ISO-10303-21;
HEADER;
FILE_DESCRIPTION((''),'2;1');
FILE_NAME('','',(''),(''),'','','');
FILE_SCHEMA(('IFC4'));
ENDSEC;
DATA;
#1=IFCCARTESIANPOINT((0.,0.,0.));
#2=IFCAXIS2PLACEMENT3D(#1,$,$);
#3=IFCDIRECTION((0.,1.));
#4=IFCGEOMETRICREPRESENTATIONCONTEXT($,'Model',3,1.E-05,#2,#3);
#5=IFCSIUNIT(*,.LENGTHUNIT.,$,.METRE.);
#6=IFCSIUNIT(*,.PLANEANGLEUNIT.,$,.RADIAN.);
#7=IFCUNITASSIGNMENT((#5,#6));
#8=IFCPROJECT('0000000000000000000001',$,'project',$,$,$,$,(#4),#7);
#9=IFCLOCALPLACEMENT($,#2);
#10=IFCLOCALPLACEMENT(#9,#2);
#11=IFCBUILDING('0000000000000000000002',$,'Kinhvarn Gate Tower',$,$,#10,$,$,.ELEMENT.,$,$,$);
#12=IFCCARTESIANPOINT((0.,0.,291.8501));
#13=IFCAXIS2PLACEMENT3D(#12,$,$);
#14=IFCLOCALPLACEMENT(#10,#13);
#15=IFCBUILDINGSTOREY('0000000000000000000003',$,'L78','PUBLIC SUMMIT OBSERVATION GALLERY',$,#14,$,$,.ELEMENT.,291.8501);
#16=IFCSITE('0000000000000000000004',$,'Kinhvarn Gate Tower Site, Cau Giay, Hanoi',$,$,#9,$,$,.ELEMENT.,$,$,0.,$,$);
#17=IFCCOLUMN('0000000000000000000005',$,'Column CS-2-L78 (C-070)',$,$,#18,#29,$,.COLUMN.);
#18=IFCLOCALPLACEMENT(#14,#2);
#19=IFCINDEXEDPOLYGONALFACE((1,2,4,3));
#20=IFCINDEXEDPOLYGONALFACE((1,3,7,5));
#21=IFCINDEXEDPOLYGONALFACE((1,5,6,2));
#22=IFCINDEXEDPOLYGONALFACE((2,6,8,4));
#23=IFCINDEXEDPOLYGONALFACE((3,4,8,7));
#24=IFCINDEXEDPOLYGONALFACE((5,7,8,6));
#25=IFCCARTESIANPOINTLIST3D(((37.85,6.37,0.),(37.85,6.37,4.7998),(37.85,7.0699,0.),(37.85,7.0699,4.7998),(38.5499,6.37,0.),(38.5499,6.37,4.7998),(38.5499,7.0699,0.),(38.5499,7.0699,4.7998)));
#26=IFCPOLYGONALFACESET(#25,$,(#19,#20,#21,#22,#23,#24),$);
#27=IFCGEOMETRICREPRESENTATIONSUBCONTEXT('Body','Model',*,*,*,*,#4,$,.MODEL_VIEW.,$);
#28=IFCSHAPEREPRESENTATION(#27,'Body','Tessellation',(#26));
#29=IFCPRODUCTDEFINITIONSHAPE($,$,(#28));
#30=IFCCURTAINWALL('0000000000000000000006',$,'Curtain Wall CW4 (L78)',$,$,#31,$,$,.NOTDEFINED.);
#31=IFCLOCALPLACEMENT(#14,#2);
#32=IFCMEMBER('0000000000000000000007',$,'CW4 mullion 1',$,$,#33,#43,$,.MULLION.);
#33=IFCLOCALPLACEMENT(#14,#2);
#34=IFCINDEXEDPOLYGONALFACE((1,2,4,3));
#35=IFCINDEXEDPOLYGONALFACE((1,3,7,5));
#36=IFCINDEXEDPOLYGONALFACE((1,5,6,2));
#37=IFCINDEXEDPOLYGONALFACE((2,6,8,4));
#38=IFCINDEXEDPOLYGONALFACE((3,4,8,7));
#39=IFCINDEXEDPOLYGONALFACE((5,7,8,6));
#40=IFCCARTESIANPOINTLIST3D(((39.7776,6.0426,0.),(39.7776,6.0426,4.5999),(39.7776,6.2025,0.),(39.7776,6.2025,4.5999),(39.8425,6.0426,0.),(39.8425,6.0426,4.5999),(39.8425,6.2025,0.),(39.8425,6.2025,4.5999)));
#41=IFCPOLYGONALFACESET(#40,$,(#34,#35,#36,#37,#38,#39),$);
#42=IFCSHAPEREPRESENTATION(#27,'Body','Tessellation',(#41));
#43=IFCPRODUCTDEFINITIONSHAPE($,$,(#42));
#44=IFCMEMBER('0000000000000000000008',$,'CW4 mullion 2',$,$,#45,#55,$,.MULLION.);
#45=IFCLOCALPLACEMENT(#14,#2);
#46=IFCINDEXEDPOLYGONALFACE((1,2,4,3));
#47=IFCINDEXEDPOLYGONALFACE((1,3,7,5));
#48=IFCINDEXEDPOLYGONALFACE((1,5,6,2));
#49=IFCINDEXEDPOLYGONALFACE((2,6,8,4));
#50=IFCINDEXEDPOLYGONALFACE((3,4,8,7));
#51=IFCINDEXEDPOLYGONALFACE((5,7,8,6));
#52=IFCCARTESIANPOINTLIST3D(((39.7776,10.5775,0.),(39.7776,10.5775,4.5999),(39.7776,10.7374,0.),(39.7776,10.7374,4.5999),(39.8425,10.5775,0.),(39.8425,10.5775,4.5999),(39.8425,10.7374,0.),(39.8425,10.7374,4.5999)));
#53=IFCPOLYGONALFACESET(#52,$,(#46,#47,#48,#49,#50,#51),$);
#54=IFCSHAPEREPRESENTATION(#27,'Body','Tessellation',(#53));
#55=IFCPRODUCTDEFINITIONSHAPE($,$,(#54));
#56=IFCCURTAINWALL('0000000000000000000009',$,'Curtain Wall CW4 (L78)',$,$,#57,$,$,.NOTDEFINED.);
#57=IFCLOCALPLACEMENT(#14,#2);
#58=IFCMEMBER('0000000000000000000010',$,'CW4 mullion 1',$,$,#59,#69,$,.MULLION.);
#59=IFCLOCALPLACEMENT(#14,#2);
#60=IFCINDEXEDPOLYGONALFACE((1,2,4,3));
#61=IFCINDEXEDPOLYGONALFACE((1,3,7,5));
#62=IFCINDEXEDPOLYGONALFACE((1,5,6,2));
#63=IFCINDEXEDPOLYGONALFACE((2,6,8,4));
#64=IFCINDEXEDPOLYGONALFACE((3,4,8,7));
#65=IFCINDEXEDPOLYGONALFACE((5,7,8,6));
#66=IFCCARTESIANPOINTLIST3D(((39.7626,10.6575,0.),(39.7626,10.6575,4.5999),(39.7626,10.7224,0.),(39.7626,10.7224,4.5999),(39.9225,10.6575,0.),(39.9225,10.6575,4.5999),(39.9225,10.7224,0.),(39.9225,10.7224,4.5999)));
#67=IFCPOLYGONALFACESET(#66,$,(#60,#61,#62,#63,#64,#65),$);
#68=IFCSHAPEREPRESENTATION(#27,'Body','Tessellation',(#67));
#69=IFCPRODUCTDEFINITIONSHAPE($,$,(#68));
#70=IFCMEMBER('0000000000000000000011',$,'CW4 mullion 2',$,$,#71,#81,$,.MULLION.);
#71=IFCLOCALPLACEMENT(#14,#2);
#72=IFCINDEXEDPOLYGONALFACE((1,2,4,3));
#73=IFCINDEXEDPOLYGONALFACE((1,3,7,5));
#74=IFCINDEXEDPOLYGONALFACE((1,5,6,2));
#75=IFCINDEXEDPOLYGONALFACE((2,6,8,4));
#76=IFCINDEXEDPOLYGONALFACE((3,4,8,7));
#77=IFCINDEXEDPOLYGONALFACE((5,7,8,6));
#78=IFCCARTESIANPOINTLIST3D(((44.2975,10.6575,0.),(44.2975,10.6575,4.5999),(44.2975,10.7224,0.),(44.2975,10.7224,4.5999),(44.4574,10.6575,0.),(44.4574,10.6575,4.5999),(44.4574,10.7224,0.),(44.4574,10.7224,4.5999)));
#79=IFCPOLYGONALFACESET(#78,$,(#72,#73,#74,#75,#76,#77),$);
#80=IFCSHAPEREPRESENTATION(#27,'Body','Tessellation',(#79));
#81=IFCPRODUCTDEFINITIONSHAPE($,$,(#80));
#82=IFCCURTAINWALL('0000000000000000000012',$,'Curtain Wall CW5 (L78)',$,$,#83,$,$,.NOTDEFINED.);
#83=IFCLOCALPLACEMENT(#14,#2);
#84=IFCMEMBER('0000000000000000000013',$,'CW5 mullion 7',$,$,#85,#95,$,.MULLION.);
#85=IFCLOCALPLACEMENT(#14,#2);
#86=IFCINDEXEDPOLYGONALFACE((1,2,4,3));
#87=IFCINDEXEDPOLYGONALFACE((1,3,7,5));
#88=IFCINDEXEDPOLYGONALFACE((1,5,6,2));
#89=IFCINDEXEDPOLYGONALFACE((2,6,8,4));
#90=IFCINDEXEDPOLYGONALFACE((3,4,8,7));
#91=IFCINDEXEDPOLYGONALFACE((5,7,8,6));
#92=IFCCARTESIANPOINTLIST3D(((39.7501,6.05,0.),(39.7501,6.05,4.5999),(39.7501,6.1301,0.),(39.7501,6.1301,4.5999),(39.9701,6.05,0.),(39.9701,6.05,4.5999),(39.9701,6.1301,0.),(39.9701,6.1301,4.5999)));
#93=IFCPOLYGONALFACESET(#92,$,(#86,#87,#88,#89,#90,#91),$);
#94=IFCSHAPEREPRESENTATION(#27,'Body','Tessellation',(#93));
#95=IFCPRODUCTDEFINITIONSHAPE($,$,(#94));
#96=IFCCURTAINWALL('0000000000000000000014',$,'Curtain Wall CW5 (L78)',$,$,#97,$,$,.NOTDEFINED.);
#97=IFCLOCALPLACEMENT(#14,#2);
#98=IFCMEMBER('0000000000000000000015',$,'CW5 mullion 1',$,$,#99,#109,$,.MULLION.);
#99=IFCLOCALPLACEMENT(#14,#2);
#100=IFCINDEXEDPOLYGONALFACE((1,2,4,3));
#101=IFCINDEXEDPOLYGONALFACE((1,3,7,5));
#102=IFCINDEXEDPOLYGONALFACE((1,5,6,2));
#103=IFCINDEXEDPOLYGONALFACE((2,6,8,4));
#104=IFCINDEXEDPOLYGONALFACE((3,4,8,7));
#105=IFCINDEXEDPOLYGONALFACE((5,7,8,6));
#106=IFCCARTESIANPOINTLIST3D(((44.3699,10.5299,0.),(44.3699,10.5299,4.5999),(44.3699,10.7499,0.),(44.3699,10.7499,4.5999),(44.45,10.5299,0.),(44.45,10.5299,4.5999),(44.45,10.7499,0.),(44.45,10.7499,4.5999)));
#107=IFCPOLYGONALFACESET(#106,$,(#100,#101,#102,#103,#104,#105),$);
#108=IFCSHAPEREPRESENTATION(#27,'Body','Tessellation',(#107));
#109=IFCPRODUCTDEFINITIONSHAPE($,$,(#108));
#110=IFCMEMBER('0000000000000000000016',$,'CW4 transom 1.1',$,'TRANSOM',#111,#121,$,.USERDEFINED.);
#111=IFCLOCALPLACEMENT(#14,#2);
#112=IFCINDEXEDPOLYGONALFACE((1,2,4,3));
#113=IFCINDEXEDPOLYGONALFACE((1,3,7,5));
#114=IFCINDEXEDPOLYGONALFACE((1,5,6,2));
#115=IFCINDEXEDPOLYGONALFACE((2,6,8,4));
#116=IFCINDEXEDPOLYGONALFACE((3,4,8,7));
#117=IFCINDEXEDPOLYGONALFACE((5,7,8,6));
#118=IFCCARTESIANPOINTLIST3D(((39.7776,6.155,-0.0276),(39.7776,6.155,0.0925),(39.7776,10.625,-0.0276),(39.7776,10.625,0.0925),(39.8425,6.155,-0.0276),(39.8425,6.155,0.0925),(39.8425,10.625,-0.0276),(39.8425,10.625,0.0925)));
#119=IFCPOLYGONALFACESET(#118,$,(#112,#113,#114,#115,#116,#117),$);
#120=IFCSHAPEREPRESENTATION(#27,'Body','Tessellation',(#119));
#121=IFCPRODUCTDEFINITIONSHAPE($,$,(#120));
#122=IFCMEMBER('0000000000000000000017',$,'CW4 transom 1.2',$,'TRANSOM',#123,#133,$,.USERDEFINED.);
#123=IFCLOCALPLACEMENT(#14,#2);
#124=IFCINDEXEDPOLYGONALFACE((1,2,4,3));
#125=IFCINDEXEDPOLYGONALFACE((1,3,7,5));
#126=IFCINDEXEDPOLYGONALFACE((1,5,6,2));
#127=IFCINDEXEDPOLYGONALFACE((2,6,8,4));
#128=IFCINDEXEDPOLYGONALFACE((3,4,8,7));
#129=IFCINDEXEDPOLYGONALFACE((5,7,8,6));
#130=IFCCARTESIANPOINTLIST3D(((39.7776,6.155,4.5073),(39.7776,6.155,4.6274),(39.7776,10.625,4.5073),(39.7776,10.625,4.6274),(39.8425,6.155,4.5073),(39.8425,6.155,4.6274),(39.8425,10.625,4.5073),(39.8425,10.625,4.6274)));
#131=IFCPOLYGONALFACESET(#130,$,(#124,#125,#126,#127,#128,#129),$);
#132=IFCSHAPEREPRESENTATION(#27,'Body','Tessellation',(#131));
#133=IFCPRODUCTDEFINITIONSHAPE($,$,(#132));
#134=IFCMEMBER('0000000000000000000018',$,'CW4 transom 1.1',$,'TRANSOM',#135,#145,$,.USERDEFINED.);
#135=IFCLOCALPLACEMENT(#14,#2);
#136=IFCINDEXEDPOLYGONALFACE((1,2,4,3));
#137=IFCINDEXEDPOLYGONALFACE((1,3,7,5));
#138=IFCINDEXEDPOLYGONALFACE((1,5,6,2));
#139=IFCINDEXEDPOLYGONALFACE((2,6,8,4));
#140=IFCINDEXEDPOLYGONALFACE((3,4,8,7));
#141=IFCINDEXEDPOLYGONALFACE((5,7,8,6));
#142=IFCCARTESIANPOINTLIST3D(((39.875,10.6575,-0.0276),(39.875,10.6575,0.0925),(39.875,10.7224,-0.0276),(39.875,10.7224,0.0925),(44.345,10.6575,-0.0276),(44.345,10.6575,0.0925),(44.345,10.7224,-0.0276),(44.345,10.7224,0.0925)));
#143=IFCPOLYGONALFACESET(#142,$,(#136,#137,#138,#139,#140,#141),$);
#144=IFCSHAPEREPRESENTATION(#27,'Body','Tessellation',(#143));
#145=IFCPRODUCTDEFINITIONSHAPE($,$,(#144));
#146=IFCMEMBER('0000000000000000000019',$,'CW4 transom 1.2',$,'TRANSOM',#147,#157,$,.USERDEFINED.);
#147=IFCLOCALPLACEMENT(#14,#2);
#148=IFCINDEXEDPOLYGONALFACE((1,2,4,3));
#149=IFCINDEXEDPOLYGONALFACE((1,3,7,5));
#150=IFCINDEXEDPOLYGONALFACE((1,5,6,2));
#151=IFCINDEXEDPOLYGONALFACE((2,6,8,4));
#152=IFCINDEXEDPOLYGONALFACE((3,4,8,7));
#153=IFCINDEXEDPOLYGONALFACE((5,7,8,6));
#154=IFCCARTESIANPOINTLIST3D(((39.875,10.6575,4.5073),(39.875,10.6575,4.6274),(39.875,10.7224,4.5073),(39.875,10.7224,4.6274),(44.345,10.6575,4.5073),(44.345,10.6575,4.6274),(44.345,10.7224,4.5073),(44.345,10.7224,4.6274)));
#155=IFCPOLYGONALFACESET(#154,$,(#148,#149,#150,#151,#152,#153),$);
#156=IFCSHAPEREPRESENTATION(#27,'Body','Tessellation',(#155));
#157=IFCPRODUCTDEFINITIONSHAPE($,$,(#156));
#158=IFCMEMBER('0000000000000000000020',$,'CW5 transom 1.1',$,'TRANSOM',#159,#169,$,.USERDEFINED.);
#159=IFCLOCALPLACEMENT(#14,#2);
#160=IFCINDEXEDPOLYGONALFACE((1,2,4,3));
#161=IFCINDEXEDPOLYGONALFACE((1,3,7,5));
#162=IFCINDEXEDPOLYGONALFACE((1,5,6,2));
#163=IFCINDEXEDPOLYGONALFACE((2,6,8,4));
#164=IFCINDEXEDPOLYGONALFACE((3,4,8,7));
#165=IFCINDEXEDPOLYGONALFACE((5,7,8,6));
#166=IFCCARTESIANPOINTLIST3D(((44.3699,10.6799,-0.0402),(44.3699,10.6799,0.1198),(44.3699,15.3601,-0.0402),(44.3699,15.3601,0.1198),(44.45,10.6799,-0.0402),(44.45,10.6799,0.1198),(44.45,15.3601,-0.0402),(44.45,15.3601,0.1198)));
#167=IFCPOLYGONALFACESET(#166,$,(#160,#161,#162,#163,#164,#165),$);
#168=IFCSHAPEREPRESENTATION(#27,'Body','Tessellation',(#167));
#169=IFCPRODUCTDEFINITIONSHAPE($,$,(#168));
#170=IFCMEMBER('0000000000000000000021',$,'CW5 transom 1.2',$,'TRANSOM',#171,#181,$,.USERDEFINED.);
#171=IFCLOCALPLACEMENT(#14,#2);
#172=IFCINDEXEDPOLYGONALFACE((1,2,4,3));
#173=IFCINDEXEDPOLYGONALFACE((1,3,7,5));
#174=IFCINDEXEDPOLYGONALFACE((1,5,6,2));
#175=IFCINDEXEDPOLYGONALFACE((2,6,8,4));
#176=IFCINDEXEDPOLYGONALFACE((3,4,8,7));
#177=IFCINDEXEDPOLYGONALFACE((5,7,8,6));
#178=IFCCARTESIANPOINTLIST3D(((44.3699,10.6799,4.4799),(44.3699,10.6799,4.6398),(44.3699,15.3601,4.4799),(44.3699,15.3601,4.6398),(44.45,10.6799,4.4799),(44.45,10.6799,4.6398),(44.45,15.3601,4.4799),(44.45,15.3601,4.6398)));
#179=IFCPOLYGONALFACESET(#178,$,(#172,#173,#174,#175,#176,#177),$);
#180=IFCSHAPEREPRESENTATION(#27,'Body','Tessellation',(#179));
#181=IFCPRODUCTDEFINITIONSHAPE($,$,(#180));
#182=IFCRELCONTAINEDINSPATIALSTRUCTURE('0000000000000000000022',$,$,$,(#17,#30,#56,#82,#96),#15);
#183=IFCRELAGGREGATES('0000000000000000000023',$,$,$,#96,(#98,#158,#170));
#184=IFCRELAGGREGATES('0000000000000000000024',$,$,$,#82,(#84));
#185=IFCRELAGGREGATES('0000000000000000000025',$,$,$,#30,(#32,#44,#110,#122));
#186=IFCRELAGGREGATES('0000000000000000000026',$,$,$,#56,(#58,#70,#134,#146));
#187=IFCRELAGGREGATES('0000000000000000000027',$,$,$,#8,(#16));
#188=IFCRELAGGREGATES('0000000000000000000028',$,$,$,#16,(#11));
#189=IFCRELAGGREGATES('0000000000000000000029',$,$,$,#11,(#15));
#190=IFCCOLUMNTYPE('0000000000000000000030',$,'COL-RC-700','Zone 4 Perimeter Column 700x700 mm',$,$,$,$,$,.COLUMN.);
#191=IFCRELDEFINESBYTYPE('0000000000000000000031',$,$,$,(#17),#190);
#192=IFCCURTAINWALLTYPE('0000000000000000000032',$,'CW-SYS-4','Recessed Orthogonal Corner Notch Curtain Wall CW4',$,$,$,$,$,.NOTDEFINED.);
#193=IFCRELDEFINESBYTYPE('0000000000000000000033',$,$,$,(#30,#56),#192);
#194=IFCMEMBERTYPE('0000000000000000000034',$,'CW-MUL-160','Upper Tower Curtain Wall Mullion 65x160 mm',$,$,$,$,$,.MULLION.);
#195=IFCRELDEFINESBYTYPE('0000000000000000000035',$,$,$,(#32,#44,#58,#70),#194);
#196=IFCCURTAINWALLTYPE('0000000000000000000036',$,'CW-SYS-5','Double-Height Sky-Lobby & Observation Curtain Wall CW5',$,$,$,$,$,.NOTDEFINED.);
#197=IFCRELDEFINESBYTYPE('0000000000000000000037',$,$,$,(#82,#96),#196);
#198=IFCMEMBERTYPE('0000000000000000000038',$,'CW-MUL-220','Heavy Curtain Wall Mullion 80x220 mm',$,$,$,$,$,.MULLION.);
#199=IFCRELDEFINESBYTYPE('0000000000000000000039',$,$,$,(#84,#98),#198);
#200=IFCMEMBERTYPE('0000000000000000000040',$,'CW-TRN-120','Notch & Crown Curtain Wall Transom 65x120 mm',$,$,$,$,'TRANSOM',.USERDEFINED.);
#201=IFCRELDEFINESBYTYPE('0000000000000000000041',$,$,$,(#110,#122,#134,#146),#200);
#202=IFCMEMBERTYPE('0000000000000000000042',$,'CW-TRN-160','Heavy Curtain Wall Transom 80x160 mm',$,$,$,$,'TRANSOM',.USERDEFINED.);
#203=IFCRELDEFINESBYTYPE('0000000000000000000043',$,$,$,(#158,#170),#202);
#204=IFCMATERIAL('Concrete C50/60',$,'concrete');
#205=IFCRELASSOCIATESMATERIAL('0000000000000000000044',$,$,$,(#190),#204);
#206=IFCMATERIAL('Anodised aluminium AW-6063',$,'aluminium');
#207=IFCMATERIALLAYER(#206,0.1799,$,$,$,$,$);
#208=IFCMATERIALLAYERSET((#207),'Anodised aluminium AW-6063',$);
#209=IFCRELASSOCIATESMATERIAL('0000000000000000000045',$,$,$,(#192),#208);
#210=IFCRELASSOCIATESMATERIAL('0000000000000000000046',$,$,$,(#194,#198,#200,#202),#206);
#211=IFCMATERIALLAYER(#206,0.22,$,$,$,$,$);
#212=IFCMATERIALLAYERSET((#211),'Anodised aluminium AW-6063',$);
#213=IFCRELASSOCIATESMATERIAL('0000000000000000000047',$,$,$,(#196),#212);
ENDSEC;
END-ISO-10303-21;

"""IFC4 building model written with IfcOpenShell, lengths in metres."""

from ifc_helpers import new_model, si_unit, direction, frame, origin, origin_2d, place, context, subcontext, project, spatial, rectangle, extrude, material, layer, layer_set, material_profile, profile_set, type_object, element, aggregate, save


model = new_model("IFC4")

# Units and contexts
model_context = context("Model", 3, precision=1e-05, world=origin(), true_north=direction((0.0, 1.0)))
body_context = subcontext(model_context, "Body", "Model", "MODEL_VIEW")
ifc_project = project(units=[si_unit("LENGTHUNIT", "METRE"), si_unit("PLANEANGLEUNIT", "RADIAN")], contexts=[model_context])

# Site, building, storey
site_placement = place(None, origin())
site = spatial("IfcSite", under=ifc_project, at=site_placement, Name="Kinhvarn Gate Tower Site, Cau Giay, Hanoi", CompositionType="ELEMENT", RefElevation=0.0)
building_placement = place(site_placement, origin())
building = spatial("IfcBuilding", under=site, at=building_placement, Name="Kinhvarn Gate Tower", CompositionType="ELEMENT")
storey_placement = place(building_placement, frame((0.0, 0.0, 291.8501)))
storey = spatial("IfcBuildingStorey", under=building, at=storey_placement, Name="L78", Description="PUBLIC SUMMIT OBSERVATION GALLERY", CompositionType="ELEMENT", Elevation=291.8501)

# Column
ifc_material_1 = material(Name="Concrete C50/60", Category="concrete")
ifc_material_profile_1 = material_profile(ifc_material_1, rectangle(XDim=0.7, YDim=0.7, at=origin_2d()), Name="RC 700x700")
ifc_profile_set_1 = profile_set([ifc_material_profile_1], Name="Concrete C50/60")
column_type = type_object("IfcColumnType", Name="COL-RC-700", Description="Zone 4 Perimeter Column 700x700 mm", PredefinedType="COLUMN", material=ifc_profile_set_1)
column_placement = place(storey_placement, frame((38.2, 6.72, 0.0), z_axis=(0.0, 0.0, 1.0), x_axis=(1.0, 0.0, 0.0)))
element("IfcColumn", 1, at=column_placement, inside=storey, type_object=column_type, Name="Column CS-2-L78 (C-070)", PredefinedType="COLUMN", context=body_context, shape_type="SweptSolid", body=[
    extrude(rectangle(XDim=0.7, YDim=0.7, at=origin_2d()), origin(), (0.0, 0.0, 1.0), 4.7998),
])

# Curtain walls, members
ifc_material_2 = material(Name="Anodised aluminium AW-6063", Category="aluminium")
ifc_layer_1 = layer(ifc_material_2, 0.1799)
ifc_layer_set_1 = layer_set([ifc_layer_1], Name="Anodised aluminium AW-6063")
curtain_wall_type_1 = type_object("IfcCurtainWallType", Name="CW-SYS-4", Description="Recessed Orthogonal Corner Notch Curtain Wall CW4", PredefinedType="NOTDEFINED", material=ifc_layer_set_1)
curtain_wall_1_placement = place(storey_placement, origin())
curtain_wall_1 = element("IfcCurtainWall", 2, at=curtain_wall_1_placement, inside=storey, type_object=curtain_wall_type_1, Name="Curtain Wall CW4 (L78)", PredefinedType="NOTDEFINED")
ifc_material_profile_2 = material_profile(ifc_material_2, rectangle(XDim=0.0649, YDim=0.1599, at=origin_2d()), Name="ALU 65x160")
ifc_profile_set_2 = profile_set([ifc_material_profile_2], Name="Anodised aluminium AW-6063")
member_type_1 = type_object("IfcMemberType", Name="CW-MUL-160", Description="Upper Tower Curtain Wall Mullion 65x160 mm", PredefinedType="MULLION", material=ifc_profile_set_2)
member_1_placement = place(storey_placement, frame((39.8101, 6.1226, 0.0), z_axis=(0.0, 0.0, 1.0), x_axis=(-1.0, 0.0, 0.0)))
member_1 = element("IfcMember", 3, at=member_1_placement, type_object=member_type_1, Name="CW4 mullion 1", PredefinedType="MULLION", context=body_context, shape_type="SweptSolid", body=[
    extrude(rectangle(XDim=0.0649, YDim=0.1599, at=origin_2d()), origin(), (0.0, 0.0, 1.0), 4.5999),
])
member_2_placement = place(storey_placement, frame((39.8101, 10.6575, 0.0), z_axis=(0.0, 0.0, 1.0), x_axis=(-1.0, 0.0, 0.0)))
member_2 = element("IfcMember", 4, at=member_2_placement, type_object=member_type_1, Name="CW4 mullion 2", PredefinedType="MULLION", context=body_context, shape_type="SweptSolid", body=[
    extrude(rectangle(XDim=0.0649, YDim=0.1599, at=origin_2d()), origin(), (0.0, 0.0, 1.0), 4.5999),
])
curtain_wall_2_placement = place(storey_placement, origin())
curtain_wall_2 = element("IfcCurtainWall", 5, at=curtain_wall_2_placement, inside=storey, type_object=curtain_wall_type_1, Name="Curtain Wall CW4 (L78)", PredefinedType="NOTDEFINED")
member_3_placement = place(storey_placement, frame((39.8425, 10.6899, 0.0), z_axis=(0.0, 0.0, 1.0), x_axis=(0.0, 1.0, 0.0)))
member_3 = element("IfcMember", 6, at=member_3_placement, type_object=member_type_1, Name="CW4 mullion 1", PredefinedType="MULLION", context=body_context, shape_type="SweptSolid", body=[
    extrude(rectangle(XDim=0.0649, YDim=0.1599, at=origin_2d()), origin(), (0.0, 0.0, 1.0), 4.5999),
])
member_4_placement = place(storey_placement, frame((44.3774, 10.6899, 0.0), z_axis=(0.0, 0.0, 1.0), x_axis=(0.0, 1.0, 0.0)))
member_4 = element("IfcMember", 7, at=member_4_placement, type_object=member_type_1, Name="CW4 mullion 2", PredefinedType="MULLION", context=body_context, shape_type="SweptSolid", body=[
    extrude(rectangle(XDim=0.0649, YDim=0.1599, at=origin_2d()), origin(), (0.0, 0.0, 1.0), 4.5999),
])

# Curtain walls, members
ifc_layer_2 = layer(ifc_material_2, 0.22)
ifc_layer_set_2 = layer_set([ifc_layer_2], Name="Anodised aluminium AW-6063")
curtain_wall_type_2 = type_object("IfcCurtainWallType", Name="CW-SYS-5", Description="Double-Height Sky-Lobby & Observation Curtain Wall CW5", PredefinedType="NOTDEFINED", material=ifc_layer_set_2)
curtain_wall_3_placement = place(storey_placement, origin())
curtain_wall_3 = element("IfcCurtainWall", 8, at=curtain_wall_3_placement, inside=storey, type_object=curtain_wall_type_2, Name="Curtain Wall CW5 (L78)", PredefinedType="NOTDEFINED")
ifc_material_profile_3 = material_profile(ifc_material_2, rectangle(XDim=0.0801, YDim=0.22, at=origin_2d()), Name="ALU 80x220")
ifc_profile_set_3 = profile_set([ifc_material_profile_3], Name="Anodised aluminium AW-6063")
member_type_2 = type_object("IfcMemberType", Name="CW-MUL-220", Description="Heavy Curtain Wall Mullion 80x220 mm", PredefinedType="MULLION", material=ifc_profile_set_3)
member_5_placement = place(storey_placement, frame((39.8601, 6.0901, 0.0), z_axis=(0.0, 0.0, 1.0), x_axis=(0.0, 1.0, 0.0)))
member_5 = element("IfcMember", 9, at=member_5_placement, type_object=member_type_2, Name="CW5 mullion 7", PredefinedType="MULLION", context=body_context, shape_type="SweptSolid", body=[
    extrude(rectangle(XDim=0.0801, YDim=0.22, at=origin_2d()), origin(), (0.0, 0.0, 1.0), 4.5999),
])
curtain_wall_4_placement = place(storey_placement, origin())
curtain_wall_4 = element("IfcCurtainWall", 10, at=curtain_wall_4_placement, inside=storey, type_object=curtain_wall_type_2, Name="Curtain Wall CW5 (L78)", PredefinedType="NOTDEFINED")
member_6_placement = place(storey_placement, frame((44.4099, 10.6399, 0.0), z_axis=(0.0, 0.0, 1.0), x_axis=(-1.0, 0.0, 0.0)))
member_6 = element("IfcMember", 11, at=member_6_placement, type_object=member_type_2, Name="CW5 mullion 1", PredefinedType="MULLION", context=body_context, shape_type="SweptSolid", body=[
    extrude(rectangle(XDim=0.0801, YDim=0.22, at=origin_2d()), origin(), (0.0, 0.0, 1.0), 4.5999),
])

# Members
ifc_material_profile_4 = material_profile(ifc_material_2, rectangle(XDim=0.0649, YDim=0.1201, at=origin_2d()), Name="ALU 65x120")
ifc_profile_set_4 = profile_set([ifc_material_profile_4], Name="Anodised aluminium AW-6063")
member_type_3 = type_object("IfcMemberType", Name="CW-TRN-120", Description="Notch & Crown Curtain Wall Transom 65x120 mm", ElementType="TRANSOM", PredefinedType="USERDEFINED", material=ifc_profile_set_4)
member_7_placement = place(storey_placement, frame((39.8101, 6.155, 0.0325), z_axis=(0.0, 1.0, 0.0), x_axis=(-1.0, 0.0, 0.0)))
member_7 = element("IfcMember", 12, at=member_7_placement, type_object=member_type_3, Name="CW4 transom 1.1", ObjectType="TRANSOM", PredefinedType="USERDEFINED", context=body_context, shape_type="SweptSolid", body=[
    extrude(rectangle(XDim=0.0649, YDim=0.1201, at=origin_2d()), origin(), (0.0, 0.0, 1.0), 4.47),
])
member_8_placement = place(storey_placement, frame((39.8101, 6.155, 4.5674), z_axis=(0.0, 1.0, 0.0), x_axis=(-1.0, 0.0, 0.0)))
member_8 = element("IfcMember", 13, at=member_8_placement, type_object=member_type_3, Name="CW4 transom 1.2", ObjectType="TRANSOM", PredefinedType="USERDEFINED", context=body_context, shape_type="SweptSolid", body=[
    extrude(rectangle(XDim=0.0649, YDim=0.1201, at=origin_2d()), origin(), (0.0, 0.0, 1.0), 4.47),
])
member_9_placement = place(storey_placement, frame((39.875, 10.6899, 0.0325), z_axis=(1.0, 0.0, 0.0), x_axis=(0.0, 1.0, 0.0)))
member_9 = element("IfcMember", 14, at=member_9_placement, type_object=member_type_3, Name="CW4 transom 1.1", ObjectType="TRANSOM", PredefinedType="USERDEFINED", context=body_context, shape_type="SweptSolid", body=[
    extrude(rectangle(XDim=0.0649, YDim=0.1201, at=origin_2d()), origin(), (0.0, 0.0, 1.0), 4.47),
])
member_10_placement = place(storey_placement, frame((39.875, 10.6899, 4.5674), z_axis=(1.0, 0.0, 0.0), x_axis=(0.0, 1.0, 0.0)))
member_10 = element("IfcMember", 15, at=member_10_placement, type_object=member_type_3, Name="CW4 transom 1.2", ObjectType="TRANSOM", PredefinedType="USERDEFINED", context=body_context, shape_type="SweptSolid", body=[
    extrude(rectangle(XDim=0.0649, YDim=0.1201, at=origin_2d()), origin(), (0.0, 0.0, 1.0), 4.47),
])
ifc_material_profile_5 = material_profile(ifc_material_2, rectangle(XDim=0.0801, YDim=0.1599, at=origin_2d()), Name="ALU 80x160")
ifc_profile_set_5 = profile_set([ifc_material_profile_5], Name="Anodised aluminium AW-6063")
member_type_4 = type_object("IfcMemberType", Name="CW-TRN-160", Description="Heavy Curtain Wall Transom 80x160 mm", ElementType="TRANSOM", PredefinedType="USERDEFINED", material=ifc_profile_set_5)
member_11_placement = place(storey_placement, frame((44.4099, 10.6799, 0.0398), z_axis=(0.0, 1.0, 0.0), x_axis=(-1.0, 0.0, 0.0)))
member_11 = element("IfcMember", 16, at=member_11_placement, type_object=member_type_4, Name="CW5 transom 1.1", ObjectType="TRANSOM", PredefinedType="USERDEFINED", context=body_context, shape_type="SweptSolid", body=[
    extrude(rectangle(XDim=0.0801, YDim=0.1599, at=origin_2d()), origin(), (0.0, 0.0, 1.0), 4.6802),
])
member_12_placement = place(storey_placement, frame((44.4099, 10.6799, 4.5598), z_axis=(0.0, 1.0, 0.0), x_axis=(-1.0, 0.0, 0.0)))
member_12 = element("IfcMember", 17, at=member_12_placement, type_object=member_type_4, Name="CW5 transom 1.2", ObjectType="TRANSOM", PredefinedType="USERDEFINED", context=body_context, shape_type="SweptSolid", body=[
    extrude(rectangle(XDim=0.0801, YDim=0.1599, at=origin_2d()), origin(), (0.0, 0.0, 1.0), 4.6802),
])
aggregate(curtain_wall_4, [member_6, member_11, member_12])

aggregate(curtain_wall_3, [member_5])
aggregate(curtain_wall_1, [member_1, member_2, member_7, member_8])
aggregate(curtain_wall_2, [member_3, member_4, member_9, member_10])

save(model, "model.ifc")
